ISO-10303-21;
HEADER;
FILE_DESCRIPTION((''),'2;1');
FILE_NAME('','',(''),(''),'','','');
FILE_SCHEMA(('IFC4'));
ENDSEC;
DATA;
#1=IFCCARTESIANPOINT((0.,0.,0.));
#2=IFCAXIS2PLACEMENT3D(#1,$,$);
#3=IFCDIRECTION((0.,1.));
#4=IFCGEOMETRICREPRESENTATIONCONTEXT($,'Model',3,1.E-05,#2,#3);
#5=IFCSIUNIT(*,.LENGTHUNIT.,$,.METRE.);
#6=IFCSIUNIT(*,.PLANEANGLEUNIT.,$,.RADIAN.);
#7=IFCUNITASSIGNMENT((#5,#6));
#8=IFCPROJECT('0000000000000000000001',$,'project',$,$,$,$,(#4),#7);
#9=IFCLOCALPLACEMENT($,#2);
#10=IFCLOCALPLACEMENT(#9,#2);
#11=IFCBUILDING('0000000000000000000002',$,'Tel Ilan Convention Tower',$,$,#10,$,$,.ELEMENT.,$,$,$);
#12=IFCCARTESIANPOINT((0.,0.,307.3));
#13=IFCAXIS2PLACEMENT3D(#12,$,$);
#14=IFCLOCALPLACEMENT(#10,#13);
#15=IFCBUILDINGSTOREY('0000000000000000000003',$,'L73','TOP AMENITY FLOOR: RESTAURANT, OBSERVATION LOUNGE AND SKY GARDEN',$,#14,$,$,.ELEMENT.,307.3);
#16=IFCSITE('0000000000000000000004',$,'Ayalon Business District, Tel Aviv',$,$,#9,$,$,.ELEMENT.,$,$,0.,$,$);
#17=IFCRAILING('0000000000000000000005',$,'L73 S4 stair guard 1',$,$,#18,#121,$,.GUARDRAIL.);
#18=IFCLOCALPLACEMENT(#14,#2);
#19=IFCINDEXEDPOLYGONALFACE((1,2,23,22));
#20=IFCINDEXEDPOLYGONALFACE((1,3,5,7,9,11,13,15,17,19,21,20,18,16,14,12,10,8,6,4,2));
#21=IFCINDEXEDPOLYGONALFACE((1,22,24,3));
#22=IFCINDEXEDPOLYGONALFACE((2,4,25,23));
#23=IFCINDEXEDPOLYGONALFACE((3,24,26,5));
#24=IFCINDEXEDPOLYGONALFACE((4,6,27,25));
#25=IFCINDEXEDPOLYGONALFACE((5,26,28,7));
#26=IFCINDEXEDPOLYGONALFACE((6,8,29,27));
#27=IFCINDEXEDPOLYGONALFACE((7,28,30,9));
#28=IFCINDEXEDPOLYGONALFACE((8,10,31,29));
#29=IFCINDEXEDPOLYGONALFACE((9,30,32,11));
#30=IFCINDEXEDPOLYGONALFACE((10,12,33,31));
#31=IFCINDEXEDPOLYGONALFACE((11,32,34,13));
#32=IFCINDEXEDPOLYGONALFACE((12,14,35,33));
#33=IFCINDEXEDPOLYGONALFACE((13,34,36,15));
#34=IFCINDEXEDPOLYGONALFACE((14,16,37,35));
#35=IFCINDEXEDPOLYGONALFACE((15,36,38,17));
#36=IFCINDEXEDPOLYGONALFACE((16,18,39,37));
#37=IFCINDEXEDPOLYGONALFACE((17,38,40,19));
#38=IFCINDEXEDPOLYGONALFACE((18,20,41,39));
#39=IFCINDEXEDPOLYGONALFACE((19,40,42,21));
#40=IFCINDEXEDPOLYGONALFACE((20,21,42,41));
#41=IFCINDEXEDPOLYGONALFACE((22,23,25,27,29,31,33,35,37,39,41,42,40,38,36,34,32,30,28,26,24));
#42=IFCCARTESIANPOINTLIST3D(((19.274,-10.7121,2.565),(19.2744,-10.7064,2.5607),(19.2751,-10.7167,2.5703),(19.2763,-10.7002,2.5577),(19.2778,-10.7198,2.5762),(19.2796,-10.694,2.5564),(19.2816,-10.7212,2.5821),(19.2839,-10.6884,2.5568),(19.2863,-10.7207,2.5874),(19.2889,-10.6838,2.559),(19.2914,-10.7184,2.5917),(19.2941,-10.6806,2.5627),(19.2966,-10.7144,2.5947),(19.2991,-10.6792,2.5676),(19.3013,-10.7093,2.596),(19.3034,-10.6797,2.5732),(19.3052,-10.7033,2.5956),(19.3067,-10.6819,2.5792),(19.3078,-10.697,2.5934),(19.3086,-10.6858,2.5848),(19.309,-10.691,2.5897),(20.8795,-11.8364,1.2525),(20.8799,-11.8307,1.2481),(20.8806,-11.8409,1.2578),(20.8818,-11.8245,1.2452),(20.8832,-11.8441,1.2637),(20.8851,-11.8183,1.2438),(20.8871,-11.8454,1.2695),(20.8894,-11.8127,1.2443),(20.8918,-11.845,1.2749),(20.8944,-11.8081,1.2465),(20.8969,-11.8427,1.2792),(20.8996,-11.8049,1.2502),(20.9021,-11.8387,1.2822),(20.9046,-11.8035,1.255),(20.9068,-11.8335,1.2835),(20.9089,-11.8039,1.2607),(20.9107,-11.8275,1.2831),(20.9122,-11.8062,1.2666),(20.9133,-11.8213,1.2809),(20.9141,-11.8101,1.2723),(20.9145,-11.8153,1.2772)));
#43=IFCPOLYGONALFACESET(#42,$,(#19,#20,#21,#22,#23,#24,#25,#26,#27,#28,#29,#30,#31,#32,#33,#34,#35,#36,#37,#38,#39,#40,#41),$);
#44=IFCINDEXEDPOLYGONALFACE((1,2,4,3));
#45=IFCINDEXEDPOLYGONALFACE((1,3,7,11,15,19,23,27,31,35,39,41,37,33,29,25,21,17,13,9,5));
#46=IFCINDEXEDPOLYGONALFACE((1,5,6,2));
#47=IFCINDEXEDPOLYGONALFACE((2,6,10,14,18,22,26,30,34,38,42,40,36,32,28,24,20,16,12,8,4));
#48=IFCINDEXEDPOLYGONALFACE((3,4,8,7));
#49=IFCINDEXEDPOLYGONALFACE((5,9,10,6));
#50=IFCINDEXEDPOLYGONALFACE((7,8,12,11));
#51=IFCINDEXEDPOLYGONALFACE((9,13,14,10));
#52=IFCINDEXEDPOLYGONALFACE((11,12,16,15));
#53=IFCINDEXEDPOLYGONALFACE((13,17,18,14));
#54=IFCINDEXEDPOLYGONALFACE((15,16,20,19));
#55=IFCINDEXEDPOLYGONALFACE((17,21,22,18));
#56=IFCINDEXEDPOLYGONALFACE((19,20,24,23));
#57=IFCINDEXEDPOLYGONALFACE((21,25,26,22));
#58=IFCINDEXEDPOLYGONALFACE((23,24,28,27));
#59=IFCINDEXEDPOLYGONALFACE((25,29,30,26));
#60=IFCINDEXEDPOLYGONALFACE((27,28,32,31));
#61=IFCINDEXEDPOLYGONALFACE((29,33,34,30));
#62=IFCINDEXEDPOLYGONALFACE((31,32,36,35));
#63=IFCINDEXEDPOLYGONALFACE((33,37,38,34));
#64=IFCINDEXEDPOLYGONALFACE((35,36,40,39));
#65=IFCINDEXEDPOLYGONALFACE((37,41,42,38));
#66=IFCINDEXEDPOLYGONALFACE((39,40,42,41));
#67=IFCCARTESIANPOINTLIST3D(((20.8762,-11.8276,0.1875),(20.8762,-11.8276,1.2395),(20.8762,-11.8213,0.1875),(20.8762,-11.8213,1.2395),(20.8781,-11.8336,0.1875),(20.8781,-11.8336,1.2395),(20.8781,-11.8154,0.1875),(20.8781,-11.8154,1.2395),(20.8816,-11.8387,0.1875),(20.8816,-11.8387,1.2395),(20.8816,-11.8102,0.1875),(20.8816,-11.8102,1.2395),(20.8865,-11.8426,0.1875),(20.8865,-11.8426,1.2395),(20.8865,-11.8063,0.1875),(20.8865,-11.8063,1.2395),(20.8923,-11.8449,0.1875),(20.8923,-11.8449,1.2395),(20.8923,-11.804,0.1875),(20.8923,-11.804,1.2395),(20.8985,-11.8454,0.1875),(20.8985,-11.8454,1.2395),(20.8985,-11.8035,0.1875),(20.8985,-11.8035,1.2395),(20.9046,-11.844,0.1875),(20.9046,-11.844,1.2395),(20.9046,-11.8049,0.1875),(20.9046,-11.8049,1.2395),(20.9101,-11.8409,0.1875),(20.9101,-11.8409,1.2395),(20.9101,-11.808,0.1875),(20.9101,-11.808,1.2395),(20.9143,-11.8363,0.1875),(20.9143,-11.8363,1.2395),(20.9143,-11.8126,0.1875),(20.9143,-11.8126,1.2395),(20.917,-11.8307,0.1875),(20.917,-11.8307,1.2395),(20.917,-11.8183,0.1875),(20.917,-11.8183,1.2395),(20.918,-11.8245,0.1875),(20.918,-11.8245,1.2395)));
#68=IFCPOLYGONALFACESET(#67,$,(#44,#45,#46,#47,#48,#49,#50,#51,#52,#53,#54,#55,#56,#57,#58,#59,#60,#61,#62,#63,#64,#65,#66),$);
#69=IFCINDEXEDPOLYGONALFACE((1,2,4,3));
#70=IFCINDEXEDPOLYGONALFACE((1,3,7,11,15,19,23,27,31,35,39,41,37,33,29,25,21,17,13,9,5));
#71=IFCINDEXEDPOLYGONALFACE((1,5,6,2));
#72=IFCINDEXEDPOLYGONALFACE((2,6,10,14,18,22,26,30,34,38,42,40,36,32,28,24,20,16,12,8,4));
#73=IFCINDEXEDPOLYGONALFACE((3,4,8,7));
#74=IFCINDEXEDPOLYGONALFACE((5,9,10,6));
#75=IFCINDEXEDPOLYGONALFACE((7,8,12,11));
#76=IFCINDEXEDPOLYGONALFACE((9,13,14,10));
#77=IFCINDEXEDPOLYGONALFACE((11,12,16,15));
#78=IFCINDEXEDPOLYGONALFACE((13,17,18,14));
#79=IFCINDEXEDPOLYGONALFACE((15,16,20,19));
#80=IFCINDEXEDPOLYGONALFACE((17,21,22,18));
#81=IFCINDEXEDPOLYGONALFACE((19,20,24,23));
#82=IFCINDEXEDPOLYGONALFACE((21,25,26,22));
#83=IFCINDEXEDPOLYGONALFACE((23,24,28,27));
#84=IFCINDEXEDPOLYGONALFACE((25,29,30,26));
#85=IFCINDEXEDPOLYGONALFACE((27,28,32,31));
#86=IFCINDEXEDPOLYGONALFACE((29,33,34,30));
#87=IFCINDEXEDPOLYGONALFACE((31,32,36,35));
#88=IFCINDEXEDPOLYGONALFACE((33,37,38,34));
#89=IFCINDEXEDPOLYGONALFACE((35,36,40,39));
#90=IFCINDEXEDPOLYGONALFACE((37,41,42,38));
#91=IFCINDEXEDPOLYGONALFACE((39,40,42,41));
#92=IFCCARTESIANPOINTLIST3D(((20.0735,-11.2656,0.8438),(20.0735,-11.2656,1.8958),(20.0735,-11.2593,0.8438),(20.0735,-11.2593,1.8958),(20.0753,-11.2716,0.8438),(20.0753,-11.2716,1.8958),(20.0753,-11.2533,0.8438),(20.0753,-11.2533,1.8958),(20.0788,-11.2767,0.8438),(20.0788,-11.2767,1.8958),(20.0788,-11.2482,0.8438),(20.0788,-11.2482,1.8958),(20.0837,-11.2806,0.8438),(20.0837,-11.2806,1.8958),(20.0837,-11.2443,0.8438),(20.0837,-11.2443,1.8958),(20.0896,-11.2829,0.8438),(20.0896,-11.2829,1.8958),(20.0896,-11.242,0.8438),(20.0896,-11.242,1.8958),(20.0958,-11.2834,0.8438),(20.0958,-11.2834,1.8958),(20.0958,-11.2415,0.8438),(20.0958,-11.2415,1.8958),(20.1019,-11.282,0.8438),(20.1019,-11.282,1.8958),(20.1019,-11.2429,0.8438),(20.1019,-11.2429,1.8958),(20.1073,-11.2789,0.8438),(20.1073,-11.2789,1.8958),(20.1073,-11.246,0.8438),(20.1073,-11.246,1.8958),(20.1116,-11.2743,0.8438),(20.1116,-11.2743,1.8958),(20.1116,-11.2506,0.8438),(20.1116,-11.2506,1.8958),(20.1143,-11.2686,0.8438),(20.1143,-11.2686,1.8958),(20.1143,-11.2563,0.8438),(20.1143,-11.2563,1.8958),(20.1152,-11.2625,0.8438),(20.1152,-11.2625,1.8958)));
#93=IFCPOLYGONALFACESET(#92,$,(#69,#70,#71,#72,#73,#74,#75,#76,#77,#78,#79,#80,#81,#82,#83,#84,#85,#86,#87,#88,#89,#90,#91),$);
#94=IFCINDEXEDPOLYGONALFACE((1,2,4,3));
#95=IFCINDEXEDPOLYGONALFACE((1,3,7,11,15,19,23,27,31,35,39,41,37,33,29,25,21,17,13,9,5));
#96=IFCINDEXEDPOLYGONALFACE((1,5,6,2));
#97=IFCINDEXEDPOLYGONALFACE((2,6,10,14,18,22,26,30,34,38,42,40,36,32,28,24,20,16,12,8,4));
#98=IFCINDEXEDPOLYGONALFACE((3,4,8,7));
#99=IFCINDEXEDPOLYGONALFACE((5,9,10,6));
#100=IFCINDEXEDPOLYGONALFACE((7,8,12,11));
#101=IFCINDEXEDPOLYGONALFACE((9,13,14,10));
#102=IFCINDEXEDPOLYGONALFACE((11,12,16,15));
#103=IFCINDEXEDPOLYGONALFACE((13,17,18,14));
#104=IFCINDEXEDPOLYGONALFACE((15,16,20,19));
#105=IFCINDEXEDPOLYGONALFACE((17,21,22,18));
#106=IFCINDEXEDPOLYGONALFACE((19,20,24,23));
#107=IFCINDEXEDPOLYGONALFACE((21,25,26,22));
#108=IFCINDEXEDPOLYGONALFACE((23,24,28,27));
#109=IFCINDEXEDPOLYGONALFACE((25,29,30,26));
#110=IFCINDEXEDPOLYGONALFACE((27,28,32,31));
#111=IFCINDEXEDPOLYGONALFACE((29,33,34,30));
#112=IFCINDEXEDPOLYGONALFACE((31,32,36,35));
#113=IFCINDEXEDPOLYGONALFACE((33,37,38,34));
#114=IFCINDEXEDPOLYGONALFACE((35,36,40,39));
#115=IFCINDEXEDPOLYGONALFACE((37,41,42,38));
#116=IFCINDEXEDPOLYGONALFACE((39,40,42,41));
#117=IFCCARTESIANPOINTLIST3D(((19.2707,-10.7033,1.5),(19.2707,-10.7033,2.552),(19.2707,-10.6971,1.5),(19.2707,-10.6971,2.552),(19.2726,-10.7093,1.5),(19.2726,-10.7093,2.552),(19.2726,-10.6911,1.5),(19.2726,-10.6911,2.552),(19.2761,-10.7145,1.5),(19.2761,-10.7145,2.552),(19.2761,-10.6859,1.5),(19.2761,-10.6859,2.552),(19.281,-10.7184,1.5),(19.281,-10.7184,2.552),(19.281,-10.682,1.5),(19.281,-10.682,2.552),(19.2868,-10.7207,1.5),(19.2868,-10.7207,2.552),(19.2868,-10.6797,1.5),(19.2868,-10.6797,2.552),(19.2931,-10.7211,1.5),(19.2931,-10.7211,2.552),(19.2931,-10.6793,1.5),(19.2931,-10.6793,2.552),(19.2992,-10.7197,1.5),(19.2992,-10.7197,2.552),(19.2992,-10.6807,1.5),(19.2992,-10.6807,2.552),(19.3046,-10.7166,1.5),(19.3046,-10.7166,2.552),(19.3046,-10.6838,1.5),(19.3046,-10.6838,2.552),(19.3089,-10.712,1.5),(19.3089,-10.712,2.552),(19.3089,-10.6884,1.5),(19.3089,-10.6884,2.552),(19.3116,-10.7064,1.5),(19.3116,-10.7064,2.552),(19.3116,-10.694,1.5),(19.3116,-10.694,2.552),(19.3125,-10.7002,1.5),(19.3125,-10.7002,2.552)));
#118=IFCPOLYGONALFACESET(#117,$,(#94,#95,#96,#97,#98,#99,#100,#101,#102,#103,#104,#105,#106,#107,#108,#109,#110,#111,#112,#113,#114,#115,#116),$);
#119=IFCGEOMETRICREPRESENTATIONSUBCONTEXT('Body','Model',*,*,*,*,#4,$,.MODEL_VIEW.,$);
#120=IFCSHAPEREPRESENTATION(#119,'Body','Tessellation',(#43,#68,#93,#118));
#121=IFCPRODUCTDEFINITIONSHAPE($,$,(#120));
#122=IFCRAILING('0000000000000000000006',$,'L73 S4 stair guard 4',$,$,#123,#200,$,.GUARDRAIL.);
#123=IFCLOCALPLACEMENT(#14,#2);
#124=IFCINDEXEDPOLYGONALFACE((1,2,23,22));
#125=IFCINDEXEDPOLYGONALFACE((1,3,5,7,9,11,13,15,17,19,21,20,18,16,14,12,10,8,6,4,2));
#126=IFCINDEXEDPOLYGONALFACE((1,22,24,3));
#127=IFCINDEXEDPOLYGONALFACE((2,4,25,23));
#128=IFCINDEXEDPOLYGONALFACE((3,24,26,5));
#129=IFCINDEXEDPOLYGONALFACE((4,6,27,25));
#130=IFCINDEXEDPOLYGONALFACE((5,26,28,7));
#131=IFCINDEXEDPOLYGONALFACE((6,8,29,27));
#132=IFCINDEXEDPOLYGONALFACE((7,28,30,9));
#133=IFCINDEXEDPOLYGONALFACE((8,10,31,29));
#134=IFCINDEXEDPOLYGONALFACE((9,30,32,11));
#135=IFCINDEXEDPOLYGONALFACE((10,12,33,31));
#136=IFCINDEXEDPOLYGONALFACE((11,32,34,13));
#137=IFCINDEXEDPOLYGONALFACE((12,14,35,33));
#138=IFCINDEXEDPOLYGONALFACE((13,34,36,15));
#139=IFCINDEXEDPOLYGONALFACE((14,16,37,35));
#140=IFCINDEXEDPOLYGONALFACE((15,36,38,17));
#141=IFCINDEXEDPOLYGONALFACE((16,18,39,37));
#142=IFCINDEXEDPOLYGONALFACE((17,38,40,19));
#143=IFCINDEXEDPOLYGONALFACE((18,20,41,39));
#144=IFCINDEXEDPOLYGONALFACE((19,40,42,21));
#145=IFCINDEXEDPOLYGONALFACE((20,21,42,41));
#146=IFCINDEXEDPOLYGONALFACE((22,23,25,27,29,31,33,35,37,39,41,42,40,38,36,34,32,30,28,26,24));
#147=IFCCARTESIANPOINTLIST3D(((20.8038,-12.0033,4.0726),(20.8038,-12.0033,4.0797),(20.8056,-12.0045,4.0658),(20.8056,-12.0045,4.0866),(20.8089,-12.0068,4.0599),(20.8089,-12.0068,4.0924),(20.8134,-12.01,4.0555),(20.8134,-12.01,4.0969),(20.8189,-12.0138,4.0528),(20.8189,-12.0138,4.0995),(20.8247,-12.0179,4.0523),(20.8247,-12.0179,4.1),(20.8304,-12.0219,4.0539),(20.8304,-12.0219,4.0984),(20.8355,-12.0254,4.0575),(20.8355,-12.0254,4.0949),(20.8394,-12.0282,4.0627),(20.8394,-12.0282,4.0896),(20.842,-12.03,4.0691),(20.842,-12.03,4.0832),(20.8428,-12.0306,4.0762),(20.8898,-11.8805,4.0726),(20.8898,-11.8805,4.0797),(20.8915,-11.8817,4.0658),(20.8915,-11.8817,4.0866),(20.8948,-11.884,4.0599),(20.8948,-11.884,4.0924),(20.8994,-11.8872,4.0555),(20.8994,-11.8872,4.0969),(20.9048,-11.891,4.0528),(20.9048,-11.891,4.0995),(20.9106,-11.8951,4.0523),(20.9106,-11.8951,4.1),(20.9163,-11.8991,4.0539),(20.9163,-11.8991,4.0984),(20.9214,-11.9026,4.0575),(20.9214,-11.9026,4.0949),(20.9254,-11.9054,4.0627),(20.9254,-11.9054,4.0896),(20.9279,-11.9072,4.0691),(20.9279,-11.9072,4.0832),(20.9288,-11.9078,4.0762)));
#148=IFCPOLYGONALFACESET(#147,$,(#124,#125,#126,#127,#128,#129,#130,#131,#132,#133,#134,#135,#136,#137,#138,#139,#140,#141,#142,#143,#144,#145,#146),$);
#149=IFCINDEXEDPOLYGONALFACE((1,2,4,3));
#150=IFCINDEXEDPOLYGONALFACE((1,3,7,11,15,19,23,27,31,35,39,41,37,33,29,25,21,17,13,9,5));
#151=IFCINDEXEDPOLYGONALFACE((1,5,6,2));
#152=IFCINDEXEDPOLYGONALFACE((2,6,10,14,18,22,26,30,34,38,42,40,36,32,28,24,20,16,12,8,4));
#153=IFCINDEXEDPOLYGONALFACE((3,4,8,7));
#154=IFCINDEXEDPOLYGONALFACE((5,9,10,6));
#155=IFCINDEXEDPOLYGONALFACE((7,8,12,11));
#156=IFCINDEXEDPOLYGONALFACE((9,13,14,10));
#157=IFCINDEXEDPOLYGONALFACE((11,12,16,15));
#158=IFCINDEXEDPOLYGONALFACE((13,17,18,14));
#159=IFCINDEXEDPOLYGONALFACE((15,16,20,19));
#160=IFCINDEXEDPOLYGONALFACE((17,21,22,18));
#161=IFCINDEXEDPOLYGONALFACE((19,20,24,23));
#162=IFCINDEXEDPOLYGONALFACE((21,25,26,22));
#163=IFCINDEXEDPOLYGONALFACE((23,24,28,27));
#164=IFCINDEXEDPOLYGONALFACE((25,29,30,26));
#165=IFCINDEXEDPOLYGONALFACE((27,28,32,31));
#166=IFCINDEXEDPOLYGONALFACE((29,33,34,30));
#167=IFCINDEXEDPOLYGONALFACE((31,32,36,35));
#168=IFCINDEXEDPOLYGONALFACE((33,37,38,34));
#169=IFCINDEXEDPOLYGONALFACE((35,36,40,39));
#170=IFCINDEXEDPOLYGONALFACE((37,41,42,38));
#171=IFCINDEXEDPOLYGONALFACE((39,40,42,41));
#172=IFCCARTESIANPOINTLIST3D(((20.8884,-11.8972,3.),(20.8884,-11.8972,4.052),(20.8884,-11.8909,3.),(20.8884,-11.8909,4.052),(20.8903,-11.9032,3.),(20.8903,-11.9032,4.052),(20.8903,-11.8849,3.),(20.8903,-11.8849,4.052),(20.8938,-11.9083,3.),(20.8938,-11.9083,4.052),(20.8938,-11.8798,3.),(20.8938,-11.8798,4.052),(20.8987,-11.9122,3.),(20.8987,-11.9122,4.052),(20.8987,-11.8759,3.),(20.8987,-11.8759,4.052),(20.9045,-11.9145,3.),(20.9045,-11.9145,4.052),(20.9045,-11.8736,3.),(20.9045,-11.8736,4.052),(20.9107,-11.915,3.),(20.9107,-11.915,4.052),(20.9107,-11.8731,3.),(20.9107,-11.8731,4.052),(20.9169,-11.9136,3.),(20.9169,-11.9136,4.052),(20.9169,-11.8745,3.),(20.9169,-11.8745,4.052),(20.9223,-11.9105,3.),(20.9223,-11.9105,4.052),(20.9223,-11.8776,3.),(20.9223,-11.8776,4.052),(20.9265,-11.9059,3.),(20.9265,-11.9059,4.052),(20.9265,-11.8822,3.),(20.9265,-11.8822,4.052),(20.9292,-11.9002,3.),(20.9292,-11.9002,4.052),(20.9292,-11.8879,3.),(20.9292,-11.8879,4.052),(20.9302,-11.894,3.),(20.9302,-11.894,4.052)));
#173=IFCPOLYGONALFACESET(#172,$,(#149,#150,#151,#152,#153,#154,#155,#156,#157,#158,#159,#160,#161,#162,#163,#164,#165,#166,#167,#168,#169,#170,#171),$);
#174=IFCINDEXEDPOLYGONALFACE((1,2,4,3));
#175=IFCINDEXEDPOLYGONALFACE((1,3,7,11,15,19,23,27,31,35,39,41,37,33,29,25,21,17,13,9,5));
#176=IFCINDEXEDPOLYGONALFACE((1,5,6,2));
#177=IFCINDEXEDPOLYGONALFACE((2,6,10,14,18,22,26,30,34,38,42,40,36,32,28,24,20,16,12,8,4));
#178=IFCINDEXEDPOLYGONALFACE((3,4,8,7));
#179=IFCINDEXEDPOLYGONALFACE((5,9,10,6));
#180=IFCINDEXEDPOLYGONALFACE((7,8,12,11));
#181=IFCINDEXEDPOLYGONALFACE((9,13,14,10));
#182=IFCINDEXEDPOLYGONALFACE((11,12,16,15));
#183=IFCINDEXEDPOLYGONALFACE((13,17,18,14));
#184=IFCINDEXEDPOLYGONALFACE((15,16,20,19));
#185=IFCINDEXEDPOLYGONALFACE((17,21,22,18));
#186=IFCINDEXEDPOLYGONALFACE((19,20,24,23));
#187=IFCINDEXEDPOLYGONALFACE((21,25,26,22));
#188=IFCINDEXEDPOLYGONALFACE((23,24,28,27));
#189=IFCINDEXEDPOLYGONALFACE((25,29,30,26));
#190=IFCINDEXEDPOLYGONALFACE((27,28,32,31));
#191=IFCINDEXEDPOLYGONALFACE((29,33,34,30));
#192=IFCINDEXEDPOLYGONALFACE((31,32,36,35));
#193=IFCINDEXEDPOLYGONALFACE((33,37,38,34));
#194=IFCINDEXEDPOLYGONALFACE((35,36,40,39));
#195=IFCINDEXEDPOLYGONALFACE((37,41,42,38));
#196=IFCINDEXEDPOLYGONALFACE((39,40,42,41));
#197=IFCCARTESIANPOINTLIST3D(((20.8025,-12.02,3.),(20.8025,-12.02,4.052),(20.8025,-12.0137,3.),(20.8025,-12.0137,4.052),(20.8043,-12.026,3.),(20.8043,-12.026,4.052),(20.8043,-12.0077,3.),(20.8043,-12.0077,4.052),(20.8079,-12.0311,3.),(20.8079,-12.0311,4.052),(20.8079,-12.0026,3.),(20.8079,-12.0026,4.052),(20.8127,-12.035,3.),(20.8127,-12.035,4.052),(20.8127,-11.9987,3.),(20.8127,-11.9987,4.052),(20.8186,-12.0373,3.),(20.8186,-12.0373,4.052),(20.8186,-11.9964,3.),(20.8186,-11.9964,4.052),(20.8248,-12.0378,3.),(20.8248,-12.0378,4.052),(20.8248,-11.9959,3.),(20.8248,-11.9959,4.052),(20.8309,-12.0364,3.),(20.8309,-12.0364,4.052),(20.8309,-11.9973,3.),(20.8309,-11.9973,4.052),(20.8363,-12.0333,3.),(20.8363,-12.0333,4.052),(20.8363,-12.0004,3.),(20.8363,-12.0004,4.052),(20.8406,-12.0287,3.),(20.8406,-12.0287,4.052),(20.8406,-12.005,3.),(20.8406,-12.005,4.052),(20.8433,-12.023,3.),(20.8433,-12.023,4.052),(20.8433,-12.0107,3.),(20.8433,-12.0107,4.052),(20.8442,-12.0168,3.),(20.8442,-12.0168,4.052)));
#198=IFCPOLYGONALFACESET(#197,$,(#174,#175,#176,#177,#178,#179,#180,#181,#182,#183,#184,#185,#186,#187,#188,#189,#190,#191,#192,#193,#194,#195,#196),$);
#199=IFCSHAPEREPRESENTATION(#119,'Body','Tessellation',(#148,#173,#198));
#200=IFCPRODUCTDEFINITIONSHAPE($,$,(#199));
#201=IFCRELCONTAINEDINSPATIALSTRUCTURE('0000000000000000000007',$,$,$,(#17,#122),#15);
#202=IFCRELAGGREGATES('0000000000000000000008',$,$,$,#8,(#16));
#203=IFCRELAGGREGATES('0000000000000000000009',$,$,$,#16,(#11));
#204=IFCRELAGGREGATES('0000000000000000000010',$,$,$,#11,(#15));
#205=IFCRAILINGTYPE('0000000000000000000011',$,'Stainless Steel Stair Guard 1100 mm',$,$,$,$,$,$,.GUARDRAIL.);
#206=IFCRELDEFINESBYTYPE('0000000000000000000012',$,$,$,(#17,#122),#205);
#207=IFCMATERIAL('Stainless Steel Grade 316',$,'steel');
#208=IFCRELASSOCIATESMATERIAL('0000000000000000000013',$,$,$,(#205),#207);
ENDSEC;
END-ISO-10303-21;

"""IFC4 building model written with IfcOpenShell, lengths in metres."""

from ifc_helpers import new_model, si_unit, direction, frame, origin, origin_2d, place, context, subcontext, project, spatial, circle, extrude, material, type_object, element, save


model = new_model("IFC4")

# Units and contexts
model_context = context("Model", 3, precision=1e-05, world=origin(), true_north=direction((0.0, 1.0)))
body_context = subcontext(model_context, "Body", "Model", "MODEL_VIEW")
ifc_project = project(units=[si_unit("LENGTHUNIT", "METRE"), si_unit("PLANEANGLEUNIT", "RADIAN")], contexts=[model_context])

# Site, building, storey
site_placement = place(None, origin())
site = spatial("IfcSite", under=ifc_project, at=site_placement, Name="Ayalon Business District, Tel Aviv", CompositionType="ELEMENT", RefElevation=0.0)
building_placement = place(site_placement, origin())
building = spatial("IfcBuilding", under=site, at=building_placement, Name="Tel Ilan Convention Tower", CompositionType="ELEMENT")
storey_placement = place(building_placement, frame((0.0, 0.0, 307.3)))
storey = spatial("IfcBuildingStorey", under=building, at=storey_placement, Name="L73", Description="TOP AMENITY FLOOR: RESTAURANT, OBSERVATION LOUNGE AND SKY GARDEN", CompositionType="ELEMENT", Elevation=307.3)

# Railings
ifc_material_1 = material(Name="Stainless Steel Grade 316", Category="steel")
railing_type = type_object("IfcRailingType", Name="Stainless Steel Stair Guard 1100 mm", PredefinedType="GUARDRAIL", material=ifc_material_1)
railing_1_placement = place(storey_placement, frame((20.897, -11.8245, 0.1875)))
element("IfcRailing", 1, at=railing_1_placement, inside=storey, type_object=railing_type, Name="L73 S4 stair guard 1", PredefinedType="GUARDRAIL", context=body_context, shape_type="SweptSolid", body=[
    extrude(circle(Radius=0.0239, at=origin_2d()), frame((0.0, 0.0, 1.0762), z_axis=(-0.680616, 0.476617, 0.556416), x_axis=(-0.573613, -0.819127, 0.0)), (0.0, 0.0, 1.0), 2.3589),
    extrude(circle(Radius=0.021, at=origin_2d()), origin(), (0.0, 0.0, 1.0), 1.052),
    extrude(circle(Radius=0.021, at=origin_2d()), frame((-0.8027, 0.562, 0.6562)), (0.0, 0.0, 1.0), 1.052),
    extrude(circle(Radius=0.021, at=origin_2d()), frame((-1.6055, 1.1243, 1.3125)), (0.0, 0.0, 1.0), 1.052),
])
railing_2_placement = place(storey_placement, frame((20.9092, -11.894, 3.0)))
element("IfcRailing", 2, at=railing_2_placement, inside=storey, type_object=railing_type, Name="L73 S4 stair guard 4", PredefinedType="GUARDRAIL", context=body_context, shape_type="SweptSolid", body=[
    extrude(circle(Radius=0.0239, at=origin_2d()), frame((0.0, 0.0, 1.0762), z_axis=(-0.573353, -0.819308, 0.0), x_axis=(0.819308, -0.573353, 0.0)), (0.0, 0.0, 1.0), 0.1499),
    extrude(circle(Radius=0.021, at=origin_2d()), origin(), (0.0, 0.0, 1.0), 1.052),
    extrude(circle(Radius=0.021, at=origin_2d()), frame((-0.0859, -0.1228, 0.0)), (0.0, 0.0, 1.0), 1.052),
])

save(model, "model.ifc")
